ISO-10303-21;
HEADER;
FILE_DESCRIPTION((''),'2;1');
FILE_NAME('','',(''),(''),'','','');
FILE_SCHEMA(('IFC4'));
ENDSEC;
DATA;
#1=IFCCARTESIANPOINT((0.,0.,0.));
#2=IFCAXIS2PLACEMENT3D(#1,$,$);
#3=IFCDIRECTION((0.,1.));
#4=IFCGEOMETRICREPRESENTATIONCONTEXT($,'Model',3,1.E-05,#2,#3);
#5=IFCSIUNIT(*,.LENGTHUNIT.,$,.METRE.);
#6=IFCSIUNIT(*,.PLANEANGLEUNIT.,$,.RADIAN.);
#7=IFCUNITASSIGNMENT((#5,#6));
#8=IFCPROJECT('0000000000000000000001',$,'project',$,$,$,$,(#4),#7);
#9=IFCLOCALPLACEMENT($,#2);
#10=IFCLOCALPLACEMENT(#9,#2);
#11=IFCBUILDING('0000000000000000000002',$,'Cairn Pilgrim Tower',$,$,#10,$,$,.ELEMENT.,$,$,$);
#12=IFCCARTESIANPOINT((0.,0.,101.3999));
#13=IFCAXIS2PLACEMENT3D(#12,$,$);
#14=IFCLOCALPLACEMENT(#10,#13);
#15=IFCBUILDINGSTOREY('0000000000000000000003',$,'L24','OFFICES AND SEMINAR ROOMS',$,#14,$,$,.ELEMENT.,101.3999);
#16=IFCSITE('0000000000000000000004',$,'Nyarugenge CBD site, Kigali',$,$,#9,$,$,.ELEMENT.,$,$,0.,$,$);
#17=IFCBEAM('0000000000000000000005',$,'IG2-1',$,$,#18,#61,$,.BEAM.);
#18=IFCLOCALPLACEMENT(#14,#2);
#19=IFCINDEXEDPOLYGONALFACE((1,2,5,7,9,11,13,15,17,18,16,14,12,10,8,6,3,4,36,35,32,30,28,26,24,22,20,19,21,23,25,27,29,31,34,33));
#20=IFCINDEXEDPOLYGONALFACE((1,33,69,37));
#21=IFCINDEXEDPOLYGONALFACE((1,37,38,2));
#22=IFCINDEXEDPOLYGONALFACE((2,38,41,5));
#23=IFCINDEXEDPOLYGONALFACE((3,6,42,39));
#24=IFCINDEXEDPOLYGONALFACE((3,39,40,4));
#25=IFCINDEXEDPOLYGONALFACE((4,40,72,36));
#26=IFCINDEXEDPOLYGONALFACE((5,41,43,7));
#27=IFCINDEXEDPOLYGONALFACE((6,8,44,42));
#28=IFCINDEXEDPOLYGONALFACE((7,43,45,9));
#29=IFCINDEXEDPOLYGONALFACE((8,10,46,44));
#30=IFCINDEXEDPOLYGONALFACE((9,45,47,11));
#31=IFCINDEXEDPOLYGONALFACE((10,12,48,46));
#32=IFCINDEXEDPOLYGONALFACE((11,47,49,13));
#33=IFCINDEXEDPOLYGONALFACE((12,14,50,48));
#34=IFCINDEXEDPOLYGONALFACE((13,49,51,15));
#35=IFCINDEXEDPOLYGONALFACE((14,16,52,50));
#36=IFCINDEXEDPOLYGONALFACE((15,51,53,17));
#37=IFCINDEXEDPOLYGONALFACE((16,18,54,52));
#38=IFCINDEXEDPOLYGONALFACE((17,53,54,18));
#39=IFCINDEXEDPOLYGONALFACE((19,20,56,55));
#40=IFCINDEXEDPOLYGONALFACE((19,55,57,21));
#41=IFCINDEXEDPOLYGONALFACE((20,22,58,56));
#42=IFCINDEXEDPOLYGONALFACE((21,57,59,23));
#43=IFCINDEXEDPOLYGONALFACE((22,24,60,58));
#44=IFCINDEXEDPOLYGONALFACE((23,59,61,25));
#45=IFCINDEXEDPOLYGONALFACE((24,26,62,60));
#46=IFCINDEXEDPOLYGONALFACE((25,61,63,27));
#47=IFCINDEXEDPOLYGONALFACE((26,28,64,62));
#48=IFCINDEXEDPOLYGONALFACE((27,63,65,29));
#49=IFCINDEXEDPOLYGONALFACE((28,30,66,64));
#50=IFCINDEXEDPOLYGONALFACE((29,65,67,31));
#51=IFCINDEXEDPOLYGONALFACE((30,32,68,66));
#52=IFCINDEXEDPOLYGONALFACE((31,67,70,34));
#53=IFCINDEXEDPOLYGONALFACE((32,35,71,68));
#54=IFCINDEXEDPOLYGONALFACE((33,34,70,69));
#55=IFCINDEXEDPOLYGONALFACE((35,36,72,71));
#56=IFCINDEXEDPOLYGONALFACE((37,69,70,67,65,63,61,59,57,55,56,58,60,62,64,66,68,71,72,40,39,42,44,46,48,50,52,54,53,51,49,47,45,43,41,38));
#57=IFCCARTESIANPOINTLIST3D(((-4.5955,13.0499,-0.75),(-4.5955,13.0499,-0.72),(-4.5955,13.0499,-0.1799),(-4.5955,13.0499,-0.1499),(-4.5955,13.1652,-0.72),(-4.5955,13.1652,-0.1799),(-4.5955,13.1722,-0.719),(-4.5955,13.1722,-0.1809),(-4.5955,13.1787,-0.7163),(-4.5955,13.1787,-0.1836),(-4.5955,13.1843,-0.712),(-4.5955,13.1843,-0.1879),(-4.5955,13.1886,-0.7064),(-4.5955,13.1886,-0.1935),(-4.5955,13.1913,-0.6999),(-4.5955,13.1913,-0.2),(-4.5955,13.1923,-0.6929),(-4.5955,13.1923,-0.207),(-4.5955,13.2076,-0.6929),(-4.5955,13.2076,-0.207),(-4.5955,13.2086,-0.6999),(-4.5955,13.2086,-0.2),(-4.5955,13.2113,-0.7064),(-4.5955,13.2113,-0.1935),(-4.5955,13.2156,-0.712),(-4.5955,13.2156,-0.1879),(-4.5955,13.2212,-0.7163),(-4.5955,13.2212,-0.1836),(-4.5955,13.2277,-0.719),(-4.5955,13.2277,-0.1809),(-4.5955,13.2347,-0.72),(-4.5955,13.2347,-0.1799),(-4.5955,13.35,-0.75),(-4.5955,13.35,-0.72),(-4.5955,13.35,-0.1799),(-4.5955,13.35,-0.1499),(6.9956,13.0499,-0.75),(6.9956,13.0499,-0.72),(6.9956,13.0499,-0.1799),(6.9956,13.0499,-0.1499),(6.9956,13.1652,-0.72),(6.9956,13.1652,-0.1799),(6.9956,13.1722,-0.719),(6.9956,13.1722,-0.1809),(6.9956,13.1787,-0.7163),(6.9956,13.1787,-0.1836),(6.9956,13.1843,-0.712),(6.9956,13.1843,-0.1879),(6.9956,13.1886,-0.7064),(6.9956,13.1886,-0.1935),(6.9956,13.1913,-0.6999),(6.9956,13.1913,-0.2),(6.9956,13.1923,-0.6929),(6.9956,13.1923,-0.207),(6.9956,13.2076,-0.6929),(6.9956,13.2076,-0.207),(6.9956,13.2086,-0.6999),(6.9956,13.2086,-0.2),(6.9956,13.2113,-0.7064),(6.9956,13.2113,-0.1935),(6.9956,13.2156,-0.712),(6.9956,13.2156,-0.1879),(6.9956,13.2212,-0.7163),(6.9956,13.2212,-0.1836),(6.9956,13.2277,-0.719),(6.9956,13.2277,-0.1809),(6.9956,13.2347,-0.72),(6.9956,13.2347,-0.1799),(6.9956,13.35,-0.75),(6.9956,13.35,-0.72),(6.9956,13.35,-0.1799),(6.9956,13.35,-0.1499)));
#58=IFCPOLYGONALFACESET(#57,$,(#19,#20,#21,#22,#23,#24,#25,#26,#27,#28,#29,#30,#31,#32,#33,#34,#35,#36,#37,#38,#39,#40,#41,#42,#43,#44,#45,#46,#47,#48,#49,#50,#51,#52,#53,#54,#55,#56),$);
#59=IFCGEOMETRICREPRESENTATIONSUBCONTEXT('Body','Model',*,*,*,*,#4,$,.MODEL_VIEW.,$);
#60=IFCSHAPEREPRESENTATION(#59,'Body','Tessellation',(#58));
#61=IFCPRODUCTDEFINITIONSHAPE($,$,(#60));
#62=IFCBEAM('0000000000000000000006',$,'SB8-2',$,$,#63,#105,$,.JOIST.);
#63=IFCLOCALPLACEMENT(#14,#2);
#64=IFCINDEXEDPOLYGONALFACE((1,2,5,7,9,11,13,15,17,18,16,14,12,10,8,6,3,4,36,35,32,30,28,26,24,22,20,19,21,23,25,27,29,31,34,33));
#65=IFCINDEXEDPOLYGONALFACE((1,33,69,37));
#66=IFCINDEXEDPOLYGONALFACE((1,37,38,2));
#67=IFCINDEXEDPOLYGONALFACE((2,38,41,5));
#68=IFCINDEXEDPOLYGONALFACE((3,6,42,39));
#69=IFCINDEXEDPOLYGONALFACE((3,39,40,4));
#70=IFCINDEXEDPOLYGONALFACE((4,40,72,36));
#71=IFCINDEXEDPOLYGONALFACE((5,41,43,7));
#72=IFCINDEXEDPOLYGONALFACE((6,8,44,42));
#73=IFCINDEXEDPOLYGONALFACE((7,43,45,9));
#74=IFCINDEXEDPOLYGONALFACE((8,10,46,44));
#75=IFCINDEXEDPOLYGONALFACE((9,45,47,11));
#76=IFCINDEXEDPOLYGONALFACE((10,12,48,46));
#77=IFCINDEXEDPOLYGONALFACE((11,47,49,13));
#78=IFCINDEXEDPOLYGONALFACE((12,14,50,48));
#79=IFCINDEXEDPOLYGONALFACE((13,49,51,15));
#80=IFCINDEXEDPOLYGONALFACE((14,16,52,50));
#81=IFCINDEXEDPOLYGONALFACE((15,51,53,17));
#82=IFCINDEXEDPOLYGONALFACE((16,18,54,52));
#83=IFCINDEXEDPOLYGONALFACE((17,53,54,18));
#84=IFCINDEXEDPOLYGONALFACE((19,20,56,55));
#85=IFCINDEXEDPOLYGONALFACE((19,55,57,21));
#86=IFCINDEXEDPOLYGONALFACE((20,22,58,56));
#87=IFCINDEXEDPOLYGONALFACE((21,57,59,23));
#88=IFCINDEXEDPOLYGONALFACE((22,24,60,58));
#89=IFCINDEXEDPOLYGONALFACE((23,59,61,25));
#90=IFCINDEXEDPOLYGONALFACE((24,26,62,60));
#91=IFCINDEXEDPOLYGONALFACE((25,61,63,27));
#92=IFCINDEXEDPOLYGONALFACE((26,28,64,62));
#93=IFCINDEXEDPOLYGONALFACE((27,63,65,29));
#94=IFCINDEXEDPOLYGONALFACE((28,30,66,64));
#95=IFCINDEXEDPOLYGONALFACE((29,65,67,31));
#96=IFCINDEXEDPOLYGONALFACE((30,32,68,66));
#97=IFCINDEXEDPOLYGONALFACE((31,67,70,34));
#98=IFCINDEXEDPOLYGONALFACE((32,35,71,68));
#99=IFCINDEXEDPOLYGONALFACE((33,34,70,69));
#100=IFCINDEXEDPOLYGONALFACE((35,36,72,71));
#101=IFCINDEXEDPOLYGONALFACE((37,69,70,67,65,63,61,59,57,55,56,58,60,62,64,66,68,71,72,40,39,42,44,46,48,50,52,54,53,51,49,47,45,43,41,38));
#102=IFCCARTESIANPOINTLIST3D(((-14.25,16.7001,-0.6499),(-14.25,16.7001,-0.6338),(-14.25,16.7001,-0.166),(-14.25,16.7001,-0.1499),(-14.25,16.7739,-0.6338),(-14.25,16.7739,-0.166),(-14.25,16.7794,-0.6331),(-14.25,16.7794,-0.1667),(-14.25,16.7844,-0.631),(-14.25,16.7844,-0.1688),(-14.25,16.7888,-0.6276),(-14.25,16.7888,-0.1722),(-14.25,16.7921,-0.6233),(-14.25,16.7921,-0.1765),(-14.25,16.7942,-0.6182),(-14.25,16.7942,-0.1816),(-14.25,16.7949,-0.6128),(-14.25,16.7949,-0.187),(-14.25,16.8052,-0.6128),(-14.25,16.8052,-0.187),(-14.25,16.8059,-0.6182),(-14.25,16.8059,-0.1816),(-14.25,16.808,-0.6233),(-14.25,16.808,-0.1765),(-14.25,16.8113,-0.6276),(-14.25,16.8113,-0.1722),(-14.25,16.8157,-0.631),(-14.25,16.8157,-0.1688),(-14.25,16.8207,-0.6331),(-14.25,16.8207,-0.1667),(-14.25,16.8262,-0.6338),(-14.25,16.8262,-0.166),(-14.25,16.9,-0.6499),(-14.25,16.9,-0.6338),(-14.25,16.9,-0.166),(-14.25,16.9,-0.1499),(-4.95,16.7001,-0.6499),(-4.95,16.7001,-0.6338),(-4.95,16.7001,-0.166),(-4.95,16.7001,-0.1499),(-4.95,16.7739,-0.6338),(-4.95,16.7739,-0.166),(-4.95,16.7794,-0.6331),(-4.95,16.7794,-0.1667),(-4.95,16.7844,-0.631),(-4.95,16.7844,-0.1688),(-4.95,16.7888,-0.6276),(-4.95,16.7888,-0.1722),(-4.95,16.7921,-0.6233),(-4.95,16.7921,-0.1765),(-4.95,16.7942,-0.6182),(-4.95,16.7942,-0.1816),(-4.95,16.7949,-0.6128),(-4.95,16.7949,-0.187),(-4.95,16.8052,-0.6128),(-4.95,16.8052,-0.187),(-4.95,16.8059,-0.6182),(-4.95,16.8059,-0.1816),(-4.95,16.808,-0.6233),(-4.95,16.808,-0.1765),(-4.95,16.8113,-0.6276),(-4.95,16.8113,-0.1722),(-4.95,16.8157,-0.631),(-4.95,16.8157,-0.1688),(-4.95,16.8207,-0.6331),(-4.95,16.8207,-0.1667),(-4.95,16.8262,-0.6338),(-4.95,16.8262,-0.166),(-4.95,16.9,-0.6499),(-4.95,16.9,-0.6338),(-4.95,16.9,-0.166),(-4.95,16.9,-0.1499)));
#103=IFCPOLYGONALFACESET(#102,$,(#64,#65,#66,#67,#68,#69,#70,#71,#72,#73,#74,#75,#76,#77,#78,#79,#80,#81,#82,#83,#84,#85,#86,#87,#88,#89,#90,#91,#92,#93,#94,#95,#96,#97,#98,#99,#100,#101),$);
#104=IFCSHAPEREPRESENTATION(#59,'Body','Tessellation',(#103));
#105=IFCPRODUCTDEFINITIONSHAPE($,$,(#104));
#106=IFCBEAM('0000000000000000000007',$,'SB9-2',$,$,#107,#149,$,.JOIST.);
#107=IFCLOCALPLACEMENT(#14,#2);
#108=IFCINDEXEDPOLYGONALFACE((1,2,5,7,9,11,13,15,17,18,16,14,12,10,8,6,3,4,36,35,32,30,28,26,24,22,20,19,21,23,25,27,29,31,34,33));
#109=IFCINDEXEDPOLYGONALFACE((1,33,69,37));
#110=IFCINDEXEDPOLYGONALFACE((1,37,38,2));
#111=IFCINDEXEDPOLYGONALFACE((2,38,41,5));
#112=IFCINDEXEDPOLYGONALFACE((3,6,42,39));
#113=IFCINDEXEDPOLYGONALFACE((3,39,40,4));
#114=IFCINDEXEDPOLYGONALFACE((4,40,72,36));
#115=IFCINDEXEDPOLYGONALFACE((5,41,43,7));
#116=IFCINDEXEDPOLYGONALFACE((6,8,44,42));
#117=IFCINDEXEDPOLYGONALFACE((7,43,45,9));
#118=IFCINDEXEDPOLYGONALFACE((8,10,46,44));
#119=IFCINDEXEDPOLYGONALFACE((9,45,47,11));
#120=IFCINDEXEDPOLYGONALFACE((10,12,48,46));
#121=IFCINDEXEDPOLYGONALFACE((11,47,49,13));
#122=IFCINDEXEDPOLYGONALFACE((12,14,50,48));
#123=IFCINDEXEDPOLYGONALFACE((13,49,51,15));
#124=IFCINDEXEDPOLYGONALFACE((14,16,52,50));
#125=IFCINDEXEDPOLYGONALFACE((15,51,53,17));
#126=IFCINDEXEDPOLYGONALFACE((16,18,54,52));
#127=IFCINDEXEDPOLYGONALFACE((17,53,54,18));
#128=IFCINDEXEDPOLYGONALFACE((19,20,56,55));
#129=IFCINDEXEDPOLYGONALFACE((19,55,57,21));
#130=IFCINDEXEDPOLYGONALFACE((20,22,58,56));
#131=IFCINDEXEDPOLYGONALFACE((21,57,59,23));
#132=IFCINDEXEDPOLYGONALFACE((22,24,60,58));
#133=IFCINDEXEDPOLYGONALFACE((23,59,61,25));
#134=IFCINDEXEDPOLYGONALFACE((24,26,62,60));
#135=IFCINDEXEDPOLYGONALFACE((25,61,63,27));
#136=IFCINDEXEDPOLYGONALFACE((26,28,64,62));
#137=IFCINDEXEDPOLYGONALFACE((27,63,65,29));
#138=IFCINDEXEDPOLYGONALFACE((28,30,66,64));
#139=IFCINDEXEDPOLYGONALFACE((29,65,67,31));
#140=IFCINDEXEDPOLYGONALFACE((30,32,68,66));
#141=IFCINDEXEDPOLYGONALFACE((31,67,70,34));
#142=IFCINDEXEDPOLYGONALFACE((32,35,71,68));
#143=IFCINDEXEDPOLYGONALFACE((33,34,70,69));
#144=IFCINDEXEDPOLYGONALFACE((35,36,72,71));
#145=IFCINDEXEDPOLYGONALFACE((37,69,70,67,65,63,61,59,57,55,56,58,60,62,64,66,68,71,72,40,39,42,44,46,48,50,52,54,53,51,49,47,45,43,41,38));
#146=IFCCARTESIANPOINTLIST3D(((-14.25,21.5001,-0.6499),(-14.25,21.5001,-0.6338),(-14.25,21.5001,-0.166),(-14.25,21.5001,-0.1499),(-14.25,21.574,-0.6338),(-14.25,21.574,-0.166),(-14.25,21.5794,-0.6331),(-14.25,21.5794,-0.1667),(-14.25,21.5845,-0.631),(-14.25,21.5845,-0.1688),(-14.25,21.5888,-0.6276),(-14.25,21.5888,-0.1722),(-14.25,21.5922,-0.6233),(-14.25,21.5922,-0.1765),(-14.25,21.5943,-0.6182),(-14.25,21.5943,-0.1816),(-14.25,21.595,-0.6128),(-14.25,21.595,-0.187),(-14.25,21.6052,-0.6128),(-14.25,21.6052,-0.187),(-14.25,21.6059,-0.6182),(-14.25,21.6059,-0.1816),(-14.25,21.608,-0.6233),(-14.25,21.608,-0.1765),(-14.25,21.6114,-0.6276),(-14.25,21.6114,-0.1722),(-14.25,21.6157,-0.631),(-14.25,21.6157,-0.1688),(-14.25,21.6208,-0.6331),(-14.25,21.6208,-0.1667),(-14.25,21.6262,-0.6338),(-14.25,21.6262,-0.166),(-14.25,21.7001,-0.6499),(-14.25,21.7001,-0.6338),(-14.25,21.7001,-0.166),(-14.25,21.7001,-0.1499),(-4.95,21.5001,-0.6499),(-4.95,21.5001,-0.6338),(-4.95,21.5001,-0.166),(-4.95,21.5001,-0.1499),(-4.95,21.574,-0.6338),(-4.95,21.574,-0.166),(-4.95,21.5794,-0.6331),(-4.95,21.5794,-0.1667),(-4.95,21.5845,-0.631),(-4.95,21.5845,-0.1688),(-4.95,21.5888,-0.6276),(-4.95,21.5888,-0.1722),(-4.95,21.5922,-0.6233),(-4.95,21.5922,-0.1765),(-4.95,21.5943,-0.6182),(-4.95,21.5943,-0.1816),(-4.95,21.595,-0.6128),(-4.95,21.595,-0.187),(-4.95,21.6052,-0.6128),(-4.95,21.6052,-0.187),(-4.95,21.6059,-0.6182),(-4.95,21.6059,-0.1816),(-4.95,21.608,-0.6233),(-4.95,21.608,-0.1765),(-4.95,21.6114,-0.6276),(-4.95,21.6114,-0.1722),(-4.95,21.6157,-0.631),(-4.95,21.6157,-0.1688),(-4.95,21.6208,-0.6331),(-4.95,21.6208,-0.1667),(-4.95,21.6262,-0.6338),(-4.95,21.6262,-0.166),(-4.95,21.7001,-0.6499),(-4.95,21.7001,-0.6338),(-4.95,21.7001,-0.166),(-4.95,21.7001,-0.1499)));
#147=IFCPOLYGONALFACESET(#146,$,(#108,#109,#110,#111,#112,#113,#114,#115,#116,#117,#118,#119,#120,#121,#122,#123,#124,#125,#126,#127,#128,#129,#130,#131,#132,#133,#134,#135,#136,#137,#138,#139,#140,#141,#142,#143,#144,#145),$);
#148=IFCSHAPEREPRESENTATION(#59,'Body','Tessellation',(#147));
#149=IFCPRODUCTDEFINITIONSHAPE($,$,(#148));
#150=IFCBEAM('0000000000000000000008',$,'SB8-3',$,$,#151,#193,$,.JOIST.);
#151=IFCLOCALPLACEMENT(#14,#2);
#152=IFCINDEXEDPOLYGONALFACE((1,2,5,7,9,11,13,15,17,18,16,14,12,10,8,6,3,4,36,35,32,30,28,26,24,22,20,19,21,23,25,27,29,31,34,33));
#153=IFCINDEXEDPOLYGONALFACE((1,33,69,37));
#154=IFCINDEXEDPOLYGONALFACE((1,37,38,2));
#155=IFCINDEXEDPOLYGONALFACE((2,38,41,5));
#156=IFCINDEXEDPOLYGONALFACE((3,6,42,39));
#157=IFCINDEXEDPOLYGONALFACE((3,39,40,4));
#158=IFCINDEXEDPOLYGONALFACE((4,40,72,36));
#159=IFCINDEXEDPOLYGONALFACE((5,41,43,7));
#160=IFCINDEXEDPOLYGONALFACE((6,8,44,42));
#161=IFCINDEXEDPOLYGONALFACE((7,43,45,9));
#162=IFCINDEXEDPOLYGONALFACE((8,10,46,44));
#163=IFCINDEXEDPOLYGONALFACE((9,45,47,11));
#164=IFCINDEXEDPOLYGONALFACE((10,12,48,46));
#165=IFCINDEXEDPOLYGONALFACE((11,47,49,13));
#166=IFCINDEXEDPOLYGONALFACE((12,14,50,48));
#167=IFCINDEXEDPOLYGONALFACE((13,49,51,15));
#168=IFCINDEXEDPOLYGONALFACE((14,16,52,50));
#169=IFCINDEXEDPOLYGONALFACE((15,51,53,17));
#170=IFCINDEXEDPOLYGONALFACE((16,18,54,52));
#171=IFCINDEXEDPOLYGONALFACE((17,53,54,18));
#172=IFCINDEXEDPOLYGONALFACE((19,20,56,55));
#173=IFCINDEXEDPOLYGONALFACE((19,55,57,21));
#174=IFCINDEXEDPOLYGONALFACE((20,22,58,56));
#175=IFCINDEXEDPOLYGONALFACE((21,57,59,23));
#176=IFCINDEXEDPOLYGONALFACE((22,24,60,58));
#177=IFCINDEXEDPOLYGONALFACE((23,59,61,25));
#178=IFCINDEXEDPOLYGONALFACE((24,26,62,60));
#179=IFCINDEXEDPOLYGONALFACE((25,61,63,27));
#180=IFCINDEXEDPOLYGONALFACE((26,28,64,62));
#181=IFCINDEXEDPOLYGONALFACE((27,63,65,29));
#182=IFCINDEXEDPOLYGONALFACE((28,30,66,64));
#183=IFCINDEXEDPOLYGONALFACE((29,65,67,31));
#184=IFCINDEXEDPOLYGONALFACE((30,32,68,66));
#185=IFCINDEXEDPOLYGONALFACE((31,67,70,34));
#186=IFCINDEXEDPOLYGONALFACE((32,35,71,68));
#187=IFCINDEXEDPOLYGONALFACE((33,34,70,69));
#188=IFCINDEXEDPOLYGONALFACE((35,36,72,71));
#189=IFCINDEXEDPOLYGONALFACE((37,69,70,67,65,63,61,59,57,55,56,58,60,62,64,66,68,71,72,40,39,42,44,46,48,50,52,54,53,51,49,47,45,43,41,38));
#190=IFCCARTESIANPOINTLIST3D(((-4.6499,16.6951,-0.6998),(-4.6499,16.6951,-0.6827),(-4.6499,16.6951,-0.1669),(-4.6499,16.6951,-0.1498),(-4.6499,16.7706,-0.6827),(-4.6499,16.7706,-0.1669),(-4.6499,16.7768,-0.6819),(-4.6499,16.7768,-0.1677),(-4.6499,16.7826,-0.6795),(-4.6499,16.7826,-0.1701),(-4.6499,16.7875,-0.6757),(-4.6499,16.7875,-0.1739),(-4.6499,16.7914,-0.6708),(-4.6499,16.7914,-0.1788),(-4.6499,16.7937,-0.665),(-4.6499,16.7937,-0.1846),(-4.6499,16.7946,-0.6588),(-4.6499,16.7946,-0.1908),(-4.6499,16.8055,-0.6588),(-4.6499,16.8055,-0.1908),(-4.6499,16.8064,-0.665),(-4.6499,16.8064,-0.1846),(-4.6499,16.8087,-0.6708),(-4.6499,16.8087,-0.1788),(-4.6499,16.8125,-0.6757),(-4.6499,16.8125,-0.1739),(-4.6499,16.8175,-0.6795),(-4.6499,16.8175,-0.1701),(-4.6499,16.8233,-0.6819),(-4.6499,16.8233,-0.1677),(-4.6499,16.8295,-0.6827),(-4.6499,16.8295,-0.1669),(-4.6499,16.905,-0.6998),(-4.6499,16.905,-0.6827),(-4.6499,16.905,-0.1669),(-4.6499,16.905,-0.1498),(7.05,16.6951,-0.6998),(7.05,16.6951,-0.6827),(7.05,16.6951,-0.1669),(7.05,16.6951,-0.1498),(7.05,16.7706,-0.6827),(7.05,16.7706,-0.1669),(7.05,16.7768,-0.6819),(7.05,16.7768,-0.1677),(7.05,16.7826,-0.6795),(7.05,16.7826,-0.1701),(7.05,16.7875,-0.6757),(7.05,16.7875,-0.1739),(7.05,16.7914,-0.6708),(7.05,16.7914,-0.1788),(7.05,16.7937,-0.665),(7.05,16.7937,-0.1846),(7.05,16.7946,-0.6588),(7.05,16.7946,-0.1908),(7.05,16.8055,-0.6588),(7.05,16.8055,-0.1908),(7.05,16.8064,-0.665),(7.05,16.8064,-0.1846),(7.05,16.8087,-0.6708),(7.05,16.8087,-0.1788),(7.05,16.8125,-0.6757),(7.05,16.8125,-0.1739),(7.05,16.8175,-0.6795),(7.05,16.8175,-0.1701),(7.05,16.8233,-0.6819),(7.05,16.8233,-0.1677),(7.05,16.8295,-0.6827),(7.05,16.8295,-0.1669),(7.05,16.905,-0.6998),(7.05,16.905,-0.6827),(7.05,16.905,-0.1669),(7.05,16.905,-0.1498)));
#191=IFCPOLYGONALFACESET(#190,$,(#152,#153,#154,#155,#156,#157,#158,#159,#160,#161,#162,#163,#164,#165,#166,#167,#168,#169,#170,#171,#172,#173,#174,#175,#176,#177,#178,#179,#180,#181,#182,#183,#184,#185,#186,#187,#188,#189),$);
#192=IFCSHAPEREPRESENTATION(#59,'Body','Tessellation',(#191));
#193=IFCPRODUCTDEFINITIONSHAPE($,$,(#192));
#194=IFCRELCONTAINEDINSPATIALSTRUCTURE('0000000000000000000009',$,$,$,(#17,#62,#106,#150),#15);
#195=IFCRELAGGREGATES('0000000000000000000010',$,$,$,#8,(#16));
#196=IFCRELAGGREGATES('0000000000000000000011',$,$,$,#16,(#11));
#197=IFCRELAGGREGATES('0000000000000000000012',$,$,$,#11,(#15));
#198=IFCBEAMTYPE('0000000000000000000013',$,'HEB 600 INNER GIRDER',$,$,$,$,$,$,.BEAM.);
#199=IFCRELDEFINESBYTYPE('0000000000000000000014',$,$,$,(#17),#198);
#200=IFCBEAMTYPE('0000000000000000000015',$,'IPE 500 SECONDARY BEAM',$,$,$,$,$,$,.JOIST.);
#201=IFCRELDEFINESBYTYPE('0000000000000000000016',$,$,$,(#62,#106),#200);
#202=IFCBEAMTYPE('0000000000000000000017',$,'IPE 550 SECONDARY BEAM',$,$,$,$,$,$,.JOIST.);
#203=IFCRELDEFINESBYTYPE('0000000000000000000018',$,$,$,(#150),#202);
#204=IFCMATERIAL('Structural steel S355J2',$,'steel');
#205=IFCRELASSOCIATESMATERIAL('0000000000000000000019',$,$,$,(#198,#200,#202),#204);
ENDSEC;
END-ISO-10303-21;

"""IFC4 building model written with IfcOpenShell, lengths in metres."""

from ifc_helpers import new_model, si_unit, direction, frame, origin, origin_2d, place, context, subcontext, project, spatial, i_section, extrude, material, material_profile, profile_set, type_object, element, save


model = new_model("IFC4")

# Units and contexts
model_context = context("Model", 3, precision=1e-05, world=origin(), true_north=direction((0.0, 1.0)))
body_context = subcontext(model_context, "Body", "Model", "MODEL_VIEW")
ifc_project = project(units=[si_unit("LENGTHUNIT", "METRE"), si_unit("PLANEANGLEUNIT", "RADIAN")], contexts=[model_context])

# Site, building, storey
site_placement = place(None, origin())
site = spatial("IfcSite", under=ifc_project, at=site_placement, Name="Nyarugenge CBD site, Kigali", CompositionType="ELEMENT", RefElevation=0.0)
building_placement = place(site_placement, origin())
building = spatial("IfcBuilding", under=site, at=building_placement, Name="Cairn Pilgrim Tower", CompositionType="ELEMENT")
storey_placement = place(building_placement, frame((0.0, 0.0, 101.3999)))
storey = spatial("IfcBuildingStorey", under=building, at=storey_placement, Name="L24", Description="OFFICES AND SEMINAR ROOMS", CompositionType="ELEMENT", Elevation=101.3999)

# Beams
ifc_material_1 = material(Name="Structural steel S355J2", Category="steel")
ifc_material_profile_1 = material_profile(ifc_material_1, i_section(OverallWidth=0.3, OverallDepth=0.6001, WebThickness=0.0154, FlangeThickness=0.03, FilletRadius=0.0271, at=origin_2d()), Name="HEB 600")
ifc_profile_set_1 = profile_set([ifc_material_profile_1], Name="Structural steel S355J2")
beam_type_1 = type_object("IfcBeamType", Name="HEB 600 INNER GIRDER", PredefinedType="BEAM", material=ifc_profile_set_1)
beam_1_placement = place(storey_placement, frame((-4.5955, 13.2, -0.45), z_axis=(1.0, 0.0, 0.0), x_axis=(0.0, 1.0, 0.0)))
element("IfcBeam", 1, at=beam_1_placement, inside=storey, type_object=beam_type_1, Name="IG2-1", PredefinedType="BEAM", context=body_context, shape_type="SweptSolid", body=[
    extrude(i_section(OverallWidth=0.3, OverallDepth=0.6001, WebThickness=0.0154, FlangeThickness=0.03, FilletRadius=0.0271, at=origin_2d()), origin(), (0.0, 0.0, 1.0), 11.5911),
])
ifc_material_profile_2 = material_profile(ifc_material_1, i_section(OverallWidth=0.2, OverallDepth=0.5, WebThickness=0.0103, FlangeThickness=0.0161, FilletRadius=0.021, at=origin_2d()), Name="IPE 500")
ifc_profile_set_2 = profile_set([ifc_material_profile_2], Name="Structural steel S355J2")
beam_type_2 = type_object("IfcBeamType", Name="IPE 500 SECONDARY BEAM", PredefinedType="JOIST", material=ifc_profile_set_2)
for number, where, z_axis, x_axis, name in (
    (2, (-14.25, 16.8, -0.3999), (1.0, 0.0, 0.0), (0.0, 1.0, 0.0), "SB8-2"),
    (3, (-14.25, 21.6001, -0.3999), (1.0, 0.0, 0.0), (0.0, 1.0, 0.0), "SB9-2"),
):
    element("IfcBeam", number, at=place(storey_placement, frame(where, z_axis=z_axis, x_axis=x_axis)), inside=storey, type_object=beam_type_2, Name=name, PredefinedType="JOIST", context=body_context, shape_type="SweptSolid", body=[
        extrude(i_section(OverallWidth=0.2, OverallDepth=0.5, WebThickness=0.0103, FlangeThickness=0.0161, FilletRadius=0.021, at=origin_2d()), origin(), (0.0, 0.0, 1.0), 9.3),
    ])
ifc_material_profile_3 = material_profile(ifc_material_1, i_section(OverallWidth=0.21, OverallDepth=0.55, WebThickness=0.011, FlangeThickness=0.0171, FilletRadius=0.0239, at=origin_2d()), Name="IPE 550")
ifc_profile_set_3 = profile_set([ifc_material_profile_3], Name="Structural steel S355J2")
beam_type_3 = type_object("IfcBeamType", Name="IPE 550 SECONDARY BEAM", PredefinedType="JOIST", material=ifc_profile_set_3)
for number, where, z_axis, x_axis, name in (
    (4, (-4.6499, 16.8, -0.4248), (1.0, 0.0, 0.0), (0.0, 1.0, 0.0), "SB8-3"),
):
    element("IfcBeam", number, at=place(storey_placement, frame(where, z_axis=z_axis, x_axis=x_axis)), inside=storey, type_object=beam_type_3, Name=name, PredefinedType="JOIST", context=body_context, shape_type="SweptSolid", body=[
        extrude(i_section(OverallWidth=0.21, OverallDepth=0.55, WebThickness=0.011, FlangeThickness=0.0171, FilletRadius=0.0239, at=origin_2d()), origin(), (0.0, 0.0, 1.0), 11.7),
    ])

save(model, "model.ifc")
